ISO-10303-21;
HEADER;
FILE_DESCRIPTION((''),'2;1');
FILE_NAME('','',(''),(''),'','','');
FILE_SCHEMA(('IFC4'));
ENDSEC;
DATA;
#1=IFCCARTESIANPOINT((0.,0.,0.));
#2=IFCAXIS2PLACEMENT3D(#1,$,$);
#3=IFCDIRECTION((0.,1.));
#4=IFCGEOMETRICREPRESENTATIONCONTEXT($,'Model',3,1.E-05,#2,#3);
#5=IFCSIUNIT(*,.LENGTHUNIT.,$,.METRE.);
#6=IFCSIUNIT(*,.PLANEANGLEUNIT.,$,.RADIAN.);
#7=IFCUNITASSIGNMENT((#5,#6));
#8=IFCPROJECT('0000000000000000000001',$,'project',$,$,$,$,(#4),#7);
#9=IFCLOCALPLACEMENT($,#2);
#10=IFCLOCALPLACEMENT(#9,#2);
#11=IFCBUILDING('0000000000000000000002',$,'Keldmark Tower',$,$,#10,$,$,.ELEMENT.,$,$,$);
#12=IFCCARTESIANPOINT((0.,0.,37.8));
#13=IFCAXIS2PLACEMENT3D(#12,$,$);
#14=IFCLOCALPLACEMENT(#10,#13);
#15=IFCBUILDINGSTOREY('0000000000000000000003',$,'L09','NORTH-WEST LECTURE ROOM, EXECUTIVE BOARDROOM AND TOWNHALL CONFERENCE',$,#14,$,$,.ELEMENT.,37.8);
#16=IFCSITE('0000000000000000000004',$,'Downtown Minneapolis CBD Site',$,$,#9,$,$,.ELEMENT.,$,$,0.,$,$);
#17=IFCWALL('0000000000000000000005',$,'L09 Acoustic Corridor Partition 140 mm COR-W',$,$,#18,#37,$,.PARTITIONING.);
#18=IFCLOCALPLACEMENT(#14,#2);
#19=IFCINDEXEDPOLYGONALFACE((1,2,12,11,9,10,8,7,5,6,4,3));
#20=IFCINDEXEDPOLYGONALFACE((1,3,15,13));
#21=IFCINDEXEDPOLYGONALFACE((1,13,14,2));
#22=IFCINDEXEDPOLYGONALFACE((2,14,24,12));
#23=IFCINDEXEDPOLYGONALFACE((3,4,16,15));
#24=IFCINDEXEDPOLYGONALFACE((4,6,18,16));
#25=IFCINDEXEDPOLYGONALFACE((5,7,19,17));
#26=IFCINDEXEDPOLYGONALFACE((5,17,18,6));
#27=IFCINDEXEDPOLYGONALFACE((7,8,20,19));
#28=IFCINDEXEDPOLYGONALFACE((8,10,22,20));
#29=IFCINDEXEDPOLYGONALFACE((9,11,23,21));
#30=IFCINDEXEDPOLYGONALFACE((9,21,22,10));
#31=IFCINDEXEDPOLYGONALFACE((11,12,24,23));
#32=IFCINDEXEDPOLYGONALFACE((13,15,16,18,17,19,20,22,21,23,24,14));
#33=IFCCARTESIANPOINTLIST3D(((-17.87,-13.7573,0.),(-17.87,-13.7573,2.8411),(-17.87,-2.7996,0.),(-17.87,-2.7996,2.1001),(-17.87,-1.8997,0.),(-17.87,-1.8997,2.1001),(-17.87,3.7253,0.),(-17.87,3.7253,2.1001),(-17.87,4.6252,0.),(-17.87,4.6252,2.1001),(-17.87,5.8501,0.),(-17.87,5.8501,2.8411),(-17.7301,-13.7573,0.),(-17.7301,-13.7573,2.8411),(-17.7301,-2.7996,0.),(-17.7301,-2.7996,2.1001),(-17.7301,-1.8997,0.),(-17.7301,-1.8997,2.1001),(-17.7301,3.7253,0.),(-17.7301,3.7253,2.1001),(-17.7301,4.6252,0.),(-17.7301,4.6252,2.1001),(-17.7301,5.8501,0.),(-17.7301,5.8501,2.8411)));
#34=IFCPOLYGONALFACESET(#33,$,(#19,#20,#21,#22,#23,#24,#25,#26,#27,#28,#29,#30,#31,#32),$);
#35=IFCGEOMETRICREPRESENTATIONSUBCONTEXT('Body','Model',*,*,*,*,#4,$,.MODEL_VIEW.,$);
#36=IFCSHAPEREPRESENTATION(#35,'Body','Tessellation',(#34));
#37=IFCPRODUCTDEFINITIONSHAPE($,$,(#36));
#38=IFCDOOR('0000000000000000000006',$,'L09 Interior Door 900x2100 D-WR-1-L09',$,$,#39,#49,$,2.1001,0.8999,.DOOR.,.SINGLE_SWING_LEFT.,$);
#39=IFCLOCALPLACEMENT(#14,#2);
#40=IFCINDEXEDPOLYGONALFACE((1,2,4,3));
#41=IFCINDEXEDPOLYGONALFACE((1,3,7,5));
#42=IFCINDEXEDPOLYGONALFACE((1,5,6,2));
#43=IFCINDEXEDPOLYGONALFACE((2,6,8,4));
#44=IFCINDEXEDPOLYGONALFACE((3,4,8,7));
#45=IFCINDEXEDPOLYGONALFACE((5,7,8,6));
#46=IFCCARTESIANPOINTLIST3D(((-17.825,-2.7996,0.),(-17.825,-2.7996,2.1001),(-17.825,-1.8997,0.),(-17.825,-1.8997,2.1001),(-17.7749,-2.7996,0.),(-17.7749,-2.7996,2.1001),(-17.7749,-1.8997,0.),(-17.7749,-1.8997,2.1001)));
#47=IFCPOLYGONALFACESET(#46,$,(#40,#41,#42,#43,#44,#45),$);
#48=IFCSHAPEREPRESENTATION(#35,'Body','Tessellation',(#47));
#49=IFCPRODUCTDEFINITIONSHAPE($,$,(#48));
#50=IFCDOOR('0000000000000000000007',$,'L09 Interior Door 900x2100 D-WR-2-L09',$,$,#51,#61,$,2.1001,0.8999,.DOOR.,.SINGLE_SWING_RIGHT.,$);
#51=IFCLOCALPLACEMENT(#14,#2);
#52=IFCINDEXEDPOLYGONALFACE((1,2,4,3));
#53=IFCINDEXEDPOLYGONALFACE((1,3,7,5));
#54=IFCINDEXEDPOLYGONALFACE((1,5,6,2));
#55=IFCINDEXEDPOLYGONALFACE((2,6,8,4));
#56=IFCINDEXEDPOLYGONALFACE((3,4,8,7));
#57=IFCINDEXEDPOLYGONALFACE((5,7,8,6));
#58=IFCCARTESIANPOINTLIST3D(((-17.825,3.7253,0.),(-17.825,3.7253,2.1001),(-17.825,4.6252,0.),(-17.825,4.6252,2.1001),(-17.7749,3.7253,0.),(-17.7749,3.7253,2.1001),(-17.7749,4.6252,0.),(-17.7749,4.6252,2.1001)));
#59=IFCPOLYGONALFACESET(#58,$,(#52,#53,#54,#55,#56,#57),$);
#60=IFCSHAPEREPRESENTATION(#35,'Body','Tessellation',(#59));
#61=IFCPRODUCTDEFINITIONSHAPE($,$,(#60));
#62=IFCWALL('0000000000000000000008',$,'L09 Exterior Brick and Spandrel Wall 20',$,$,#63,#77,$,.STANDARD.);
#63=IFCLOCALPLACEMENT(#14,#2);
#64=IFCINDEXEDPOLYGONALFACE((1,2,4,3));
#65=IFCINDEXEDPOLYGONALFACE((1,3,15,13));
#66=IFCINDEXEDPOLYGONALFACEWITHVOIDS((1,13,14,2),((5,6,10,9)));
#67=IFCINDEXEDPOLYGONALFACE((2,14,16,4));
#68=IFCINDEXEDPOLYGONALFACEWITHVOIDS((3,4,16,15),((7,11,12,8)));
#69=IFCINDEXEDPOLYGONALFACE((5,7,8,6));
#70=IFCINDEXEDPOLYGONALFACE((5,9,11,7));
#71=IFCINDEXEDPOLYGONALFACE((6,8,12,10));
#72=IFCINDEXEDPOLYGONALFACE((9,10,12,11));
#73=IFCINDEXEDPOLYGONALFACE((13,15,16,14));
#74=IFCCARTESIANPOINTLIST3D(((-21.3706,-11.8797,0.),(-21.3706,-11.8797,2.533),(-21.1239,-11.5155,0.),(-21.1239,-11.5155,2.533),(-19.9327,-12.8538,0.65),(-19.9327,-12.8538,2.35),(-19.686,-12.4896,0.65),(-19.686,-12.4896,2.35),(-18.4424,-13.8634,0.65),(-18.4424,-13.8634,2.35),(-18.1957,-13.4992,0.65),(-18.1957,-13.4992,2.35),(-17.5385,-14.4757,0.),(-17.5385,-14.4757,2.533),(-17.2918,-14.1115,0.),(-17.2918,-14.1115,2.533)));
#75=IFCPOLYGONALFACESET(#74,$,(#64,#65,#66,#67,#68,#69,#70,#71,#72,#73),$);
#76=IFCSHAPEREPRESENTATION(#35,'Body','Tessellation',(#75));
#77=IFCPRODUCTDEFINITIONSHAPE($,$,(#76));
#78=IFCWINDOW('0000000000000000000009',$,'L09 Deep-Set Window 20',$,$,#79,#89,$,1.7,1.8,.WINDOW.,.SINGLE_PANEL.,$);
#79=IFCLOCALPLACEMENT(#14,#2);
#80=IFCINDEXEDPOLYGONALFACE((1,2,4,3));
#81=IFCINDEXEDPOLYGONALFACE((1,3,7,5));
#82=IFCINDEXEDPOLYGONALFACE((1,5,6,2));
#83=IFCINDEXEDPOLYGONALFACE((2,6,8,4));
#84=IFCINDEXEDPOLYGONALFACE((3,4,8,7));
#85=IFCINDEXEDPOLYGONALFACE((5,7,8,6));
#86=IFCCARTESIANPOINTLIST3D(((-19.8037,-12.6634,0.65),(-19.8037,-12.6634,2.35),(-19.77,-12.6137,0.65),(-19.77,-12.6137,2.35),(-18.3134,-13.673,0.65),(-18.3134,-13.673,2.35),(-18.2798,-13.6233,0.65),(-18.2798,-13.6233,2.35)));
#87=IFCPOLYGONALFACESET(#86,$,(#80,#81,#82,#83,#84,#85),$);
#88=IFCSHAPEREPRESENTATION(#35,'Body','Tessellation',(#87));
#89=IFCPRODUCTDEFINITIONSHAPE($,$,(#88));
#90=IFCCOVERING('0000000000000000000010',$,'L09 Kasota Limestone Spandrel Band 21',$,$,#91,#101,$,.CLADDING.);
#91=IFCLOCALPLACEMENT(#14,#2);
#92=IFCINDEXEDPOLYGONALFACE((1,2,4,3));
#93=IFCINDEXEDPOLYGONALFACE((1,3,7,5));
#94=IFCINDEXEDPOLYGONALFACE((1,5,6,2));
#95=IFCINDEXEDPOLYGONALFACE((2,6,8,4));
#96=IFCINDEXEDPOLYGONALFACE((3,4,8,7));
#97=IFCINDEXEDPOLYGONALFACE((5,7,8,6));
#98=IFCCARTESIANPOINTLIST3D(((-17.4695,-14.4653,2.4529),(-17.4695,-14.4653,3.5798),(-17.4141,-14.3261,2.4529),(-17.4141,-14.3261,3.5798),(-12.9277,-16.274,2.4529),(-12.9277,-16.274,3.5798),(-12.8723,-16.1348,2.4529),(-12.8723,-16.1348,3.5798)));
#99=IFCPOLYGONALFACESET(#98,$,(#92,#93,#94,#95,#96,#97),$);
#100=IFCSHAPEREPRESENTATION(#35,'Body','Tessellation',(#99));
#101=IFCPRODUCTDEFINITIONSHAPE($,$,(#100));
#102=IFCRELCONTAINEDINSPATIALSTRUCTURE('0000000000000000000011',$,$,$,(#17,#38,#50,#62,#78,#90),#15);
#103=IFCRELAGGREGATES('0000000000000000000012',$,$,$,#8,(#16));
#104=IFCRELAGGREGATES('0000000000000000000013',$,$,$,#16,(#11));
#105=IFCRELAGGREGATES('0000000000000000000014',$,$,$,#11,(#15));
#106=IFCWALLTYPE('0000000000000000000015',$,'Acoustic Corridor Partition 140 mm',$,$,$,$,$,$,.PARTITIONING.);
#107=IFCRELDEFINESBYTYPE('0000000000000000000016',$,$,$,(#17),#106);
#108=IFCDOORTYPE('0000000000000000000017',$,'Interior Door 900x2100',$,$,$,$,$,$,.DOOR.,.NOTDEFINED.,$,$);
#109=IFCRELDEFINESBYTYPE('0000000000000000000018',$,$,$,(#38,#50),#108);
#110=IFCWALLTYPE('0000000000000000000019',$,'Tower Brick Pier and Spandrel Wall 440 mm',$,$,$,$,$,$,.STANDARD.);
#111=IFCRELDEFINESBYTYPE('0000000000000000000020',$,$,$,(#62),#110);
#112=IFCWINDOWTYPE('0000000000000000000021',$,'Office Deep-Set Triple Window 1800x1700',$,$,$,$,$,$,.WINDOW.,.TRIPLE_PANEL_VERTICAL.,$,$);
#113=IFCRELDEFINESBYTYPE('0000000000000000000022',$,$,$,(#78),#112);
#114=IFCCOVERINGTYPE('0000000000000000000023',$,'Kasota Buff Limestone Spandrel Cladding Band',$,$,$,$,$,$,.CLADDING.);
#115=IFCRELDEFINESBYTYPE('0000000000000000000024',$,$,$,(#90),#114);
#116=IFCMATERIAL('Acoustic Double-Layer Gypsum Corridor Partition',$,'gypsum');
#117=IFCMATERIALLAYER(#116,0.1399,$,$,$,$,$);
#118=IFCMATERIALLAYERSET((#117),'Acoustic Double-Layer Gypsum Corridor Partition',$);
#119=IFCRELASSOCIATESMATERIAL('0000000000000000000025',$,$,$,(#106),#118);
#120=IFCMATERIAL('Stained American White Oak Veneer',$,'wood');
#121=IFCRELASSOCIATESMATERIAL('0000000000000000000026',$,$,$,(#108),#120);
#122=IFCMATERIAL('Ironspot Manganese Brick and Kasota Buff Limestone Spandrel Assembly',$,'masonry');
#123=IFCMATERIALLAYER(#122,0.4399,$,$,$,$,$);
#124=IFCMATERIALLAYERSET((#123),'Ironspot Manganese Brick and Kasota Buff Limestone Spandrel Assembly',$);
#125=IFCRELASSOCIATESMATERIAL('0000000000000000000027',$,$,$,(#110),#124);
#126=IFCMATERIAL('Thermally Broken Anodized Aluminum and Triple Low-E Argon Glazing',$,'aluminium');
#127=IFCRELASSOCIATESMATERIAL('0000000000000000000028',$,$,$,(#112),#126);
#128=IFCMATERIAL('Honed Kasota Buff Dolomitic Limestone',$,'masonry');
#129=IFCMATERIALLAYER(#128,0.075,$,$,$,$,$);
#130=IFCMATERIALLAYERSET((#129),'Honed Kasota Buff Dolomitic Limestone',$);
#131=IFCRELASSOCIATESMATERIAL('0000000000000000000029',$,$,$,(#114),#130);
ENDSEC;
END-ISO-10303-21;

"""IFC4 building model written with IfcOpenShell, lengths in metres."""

from ifc_helpers import new_model, si_unit, direction, frame, frame_2d, origin, origin_2d, place, context, subcontext, project, spatial, rectangle, extrude, material, layer, layer_set, type_object, element, fill, save


model = new_model("IFC4")

# Units and contexts
model_context = context("Model", 3, precision=1e-05, world=origin(), true_north=direction((0.0, 1.0)))
body_context = subcontext(model_context, "Body", "Model", "MODEL_VIEW")
ifc_project = project(units=[si_unit("LENGTHUNIT", "METRE"), si_unit("PLANEANGLEUNIT", "RADIAN")], contexts=[model_context])

# Site, building, storey
site_placement = place(None, origin())
site = spatial("IfcSite", under=ifc_project, at=site_placement, Name="Downtown Minneapolis CBD Site", CompositionType="ELEMENT", RefElevation=0.0)
building_placement = place(site_placement, origin())
building = spatial("IfcBuilding", under=site, at=building_placement, Name="Keldmark Tower", CompositionType="ELEMENT")
storey_placement = place(building_placement, frame((0.0, 0.0, 37.8)))
storey = spatial("IfcBuildingStorey", under=building, at=storey_placement, Name="L09", Description="NORTH-WEST LECTURE ROOM, EXECUTIVE BOARDROOM AND TOWNHALL CONFERENCE", CompositionType="ELEMENT", Elevation=37.8)

# Wall, openings, doors
ifc_material_1 = material(Name="Acoustic Double-Layer Gypsum Corridor Partition", Category="gypsum")
ifc_layer_1 = layer(ifc_material_1, 0.1399)
ifc_layer_set_1 = layer_set([ifc_layer_1], Name="Acoustic Double-Layer Gypsum Corridor Partition")
wall_type_1 = type_object("IfcWallType", Name="Acoustic Corridor Partition 140 mm", PredefinedType="PARTITIONING", material=ifc_layer_set_1)
wall_1_placement = place(storey_placement, frame((-17.8, -13.7573, 0.0), z_axis=(0.0, 0.0, 1.0), x_axis=(0.0, 1.0, 0.0)))
wall_1 = element("IfcWall", 1, at=wall_1_placement, inside=storey, type_object=wall_type_1, Name="L09 Acoustic Corridor Partition 140 mm COR-W", PredefinedType="PARTITIONING", context=body_context, shape_type="SweptSolid", body=[
    extrude(rectangle(XDim=19.6074, YDim=0.1399, at=frame_2d((9.8037, 0.0))), origin(), (0.0, 0.0, 1.0), 2.8411),
])
opening_1_placement = place(wall_1_placement, frame((10.9578, 0.0, 0.0)))
opening_1 = element("IfcOpeningElement", 2, at=opening_1_placement, cuts=wall_1, PredefinedType="OPENING", context=body_context, shape_type="SweptSolid", body=[
    extrude(rectangle(XDim=0.8999, YDim=2.1001, at=frame_2d((0.45, 1.05))), frame((0.0, 0.0798, 0.0), z_axis=(0.0, -1.0, 0.0), x_axis=(1.0, 0.0, 0.0)), (0.0, 0.0, 1.0), 0.1599),
])
opening_2_placement = place(wall_1_placement, frame((17.4827, 0.0, 0.0)))
opening_2 = element("IfcOpeningElement", 3, at=opening_2_placement, cuts=wall_1, PredefinedType="OPENING", context=body_context, shape_type="SweptSolid", body=[
    extrude(rectangle(XDim=0.8999, YDim=2.1001, at=frame_2d((0.45, 1.05))), frame((0.0, 0.0798, 0.0), z_axis=(0.0, -1.0, 0.0), x_axis=(1.0, 0.0, 0.0)), (0.0, 0.0, 1.0), 0.1599),
])
ifc_material_2 = material(Name="Stained American White Oak Veneer", Category="wood")
door_type_1 = type_object("IfcDoorType", Name="Interior Door 900x2100", OperationType="NOTDEFINED", PredefinedType="DOOR", material=ifc_material_2)
door_1_placement = place(opening_1_placement, origin())
door_1 = element("IfcDoor", 4, at=door_1_placement, inside=storey, type_object=door_type_1, Name="L09 Interior Door 900x2100 D-WR-1-L09", OperationType="SINGLE_SWING_LEFT", OverallHeight=2.1001, OverallWidth=0.8999, PredefinedType="DOOR", context=body_context, shape_type="SweptSolid", body=[
    extrude(rectangle(XDim=0.8999, YDim=2.1001, at=frame_2d((0.45, 1.05))), frame((0.0, 0.0249, 0.0), z_axis=(0.0, -1.0, 0.0), x_axis=(1.0, 0.0, 0.0)), (0.0, 0.0, 1.0), 0.05),
])
fill(opening_1, door_1)
door_2_placement = place(opening_2_placement, origin())
door_2 = element("IfcDoor", 5, at=door_2_placement, inside=storey, type_object=door_type_1, Name="L09 Interior Door 900x2100 D-WR-2-L09", OperationType="SINGLE_SWING_RIGHT", OverallHeight=2.1001, OverallWidth=0.8999, PredefinedType="DOOR", context=body_context, shape_type="SweptSolid", body=[
    extrude(rectangle(XDim=0.8999, YDim=2.1001, at=frame_2d((0.45, 1.05))), frame((0.0, 0.0249, 0.0), z_axis=(0.0, -1.0, 0.0), x_axis=(1.0, 0.0, 0.0)), (0.0, 0.0, 1.0), 0.05),
])
fill(opening_2, door_2)

# Wall, opening, window
ifc_material_3 = material(Name="Ironspot Manganese Brick and Kasota Buff Limestone Spandrel Assembly", Category="masonry")
ifc_layer_2 = layer(ifc_material_3, 0.4399)
ifc_layer_set_2 = layer_set([ifc_layer_2], Name="Ironspot Manganese Brick and Kasota Buff Limestone Spandrel Assembly")
wall_type_2 = type_object("IfcWallType", Name="Tower Brick Pier and Spandrel Wall 440 mm", PredefinedType="STANDARD", material=ifc_layer_set_2)
wall_2_placement = place(storey_placement, frame((-17.415, -14.2937, 0.0), z_axis=(0.0, 0.0, 1.0), x_axis=(-0.827913, 0.560856, 0.0)))
wall_2 = element("IfcWall", 6, at=wall_2_placement, inside=storey, type_object=wall_type_2, Name="L09 Exterior Brick and Spandrel Wall 20", PredefinedType="STANDARD", context=body_context, shape_type="SweptSolid", body=[
    extrude(rectangle(XDim=4.6287, YDim=0.4399, at=frame_2d((2.3145, 0.0))), origin(), (0.0, 0.0, 1.0), 2.533),
])
opening_3_placement = place(wall_2_placement, frame((1.092, 0.0, 0.6499)))
opening_3 = element("IfcOpeningElement", 7, at=opening_3_placement, cuts=wall_2, PredefinedType="OPENING", context=body_context, shape_type="SweptSolid", body=[
    extrude(rectangle(XDim=1.8, YDim=1.7, at=frame_2d((0.8999, 0.8501))), frame((0.0, 0.23, 0.0), z_axis=(0.0, -1.0, 0.0), x_axis=(1.0, 0.0, 0.0)), (0.0, 0.0, 1.0), 0.46),
])
ifc_material_4 = material(Name="Thermally Broken Anodized Aluminum and Triple Low-E Argon Glazing", Category="aluminium")
window_type = type_object("IfcWindowType", Name="Office Deep-Set Triple Window 1800x1700", PartitioningType="TRIPLE_PANEL_VERTICAL", PredefinedType="WINDOW", material=ifc_material_4)
window_placement = place(opening_3_placement, origin())
window = element("IfcWindow", 8, at=window_placement, inside=storey, type_object=window_type, Name="L09 Deep-Set Window 20", OverallHeight=1.7, OverallWidth=1.8, PartitioningType="SINGLE_PANEL", PredefinedType="WINDOW", context=body_context, shape_type="SweptSolid", body=[
    extrude(rectangle(XDim=1.8, YDim=1.7, at=frame_2d((0.8999, 0.8501))), frame((0.0, -0.01, 0.0), z_axis=(0.0, -1.0, 0.0), x_axis=(1.0, 0.0, 0.0)), (0.0, 0.0, 1.0), 0.0601),
])
fill(opening_3, window)

# Covering
ifc_material_5 = material(Name="Honed Kasota Buff Dolomitic Limestone", Category="masonry")
ifc_layer_3 = layer(ifc_material_5, 0.075)
ifc_layer_set_3 = layer_set([ifc_layer_3], Name="Honed Kasota Buff Dolomitic Limestone")
covering_type = type_object("IfcCoveringType", Name="Kasota Buff Limestone Spandrel Cladding Band", PredefinedType="CLADDING", material=ifc_layer_set_3)
covering_placement = place(storey_placement, frame((-15.1709, -15.3, 2.4529), z_axis=(0.0, 0.0, 1.0), x_axis=(0.929042, -0.369974, 0.0)))
element("IfcCovering", 9, at=covering_placement, inside=storey, type_object=covering_type, Name="L09 Kasota Limestone Spandrel Band 21", PredefinedType="CLADDING", context=body_context, shape_type="SweptSolid", body=[
    extrude(rectangle(XDim=4.8887, YDim=0.1499, at=origin_2d()), origin(), (0.0, 0.0, 1.0), 1.127),
])

save(model, "model.ifc")
